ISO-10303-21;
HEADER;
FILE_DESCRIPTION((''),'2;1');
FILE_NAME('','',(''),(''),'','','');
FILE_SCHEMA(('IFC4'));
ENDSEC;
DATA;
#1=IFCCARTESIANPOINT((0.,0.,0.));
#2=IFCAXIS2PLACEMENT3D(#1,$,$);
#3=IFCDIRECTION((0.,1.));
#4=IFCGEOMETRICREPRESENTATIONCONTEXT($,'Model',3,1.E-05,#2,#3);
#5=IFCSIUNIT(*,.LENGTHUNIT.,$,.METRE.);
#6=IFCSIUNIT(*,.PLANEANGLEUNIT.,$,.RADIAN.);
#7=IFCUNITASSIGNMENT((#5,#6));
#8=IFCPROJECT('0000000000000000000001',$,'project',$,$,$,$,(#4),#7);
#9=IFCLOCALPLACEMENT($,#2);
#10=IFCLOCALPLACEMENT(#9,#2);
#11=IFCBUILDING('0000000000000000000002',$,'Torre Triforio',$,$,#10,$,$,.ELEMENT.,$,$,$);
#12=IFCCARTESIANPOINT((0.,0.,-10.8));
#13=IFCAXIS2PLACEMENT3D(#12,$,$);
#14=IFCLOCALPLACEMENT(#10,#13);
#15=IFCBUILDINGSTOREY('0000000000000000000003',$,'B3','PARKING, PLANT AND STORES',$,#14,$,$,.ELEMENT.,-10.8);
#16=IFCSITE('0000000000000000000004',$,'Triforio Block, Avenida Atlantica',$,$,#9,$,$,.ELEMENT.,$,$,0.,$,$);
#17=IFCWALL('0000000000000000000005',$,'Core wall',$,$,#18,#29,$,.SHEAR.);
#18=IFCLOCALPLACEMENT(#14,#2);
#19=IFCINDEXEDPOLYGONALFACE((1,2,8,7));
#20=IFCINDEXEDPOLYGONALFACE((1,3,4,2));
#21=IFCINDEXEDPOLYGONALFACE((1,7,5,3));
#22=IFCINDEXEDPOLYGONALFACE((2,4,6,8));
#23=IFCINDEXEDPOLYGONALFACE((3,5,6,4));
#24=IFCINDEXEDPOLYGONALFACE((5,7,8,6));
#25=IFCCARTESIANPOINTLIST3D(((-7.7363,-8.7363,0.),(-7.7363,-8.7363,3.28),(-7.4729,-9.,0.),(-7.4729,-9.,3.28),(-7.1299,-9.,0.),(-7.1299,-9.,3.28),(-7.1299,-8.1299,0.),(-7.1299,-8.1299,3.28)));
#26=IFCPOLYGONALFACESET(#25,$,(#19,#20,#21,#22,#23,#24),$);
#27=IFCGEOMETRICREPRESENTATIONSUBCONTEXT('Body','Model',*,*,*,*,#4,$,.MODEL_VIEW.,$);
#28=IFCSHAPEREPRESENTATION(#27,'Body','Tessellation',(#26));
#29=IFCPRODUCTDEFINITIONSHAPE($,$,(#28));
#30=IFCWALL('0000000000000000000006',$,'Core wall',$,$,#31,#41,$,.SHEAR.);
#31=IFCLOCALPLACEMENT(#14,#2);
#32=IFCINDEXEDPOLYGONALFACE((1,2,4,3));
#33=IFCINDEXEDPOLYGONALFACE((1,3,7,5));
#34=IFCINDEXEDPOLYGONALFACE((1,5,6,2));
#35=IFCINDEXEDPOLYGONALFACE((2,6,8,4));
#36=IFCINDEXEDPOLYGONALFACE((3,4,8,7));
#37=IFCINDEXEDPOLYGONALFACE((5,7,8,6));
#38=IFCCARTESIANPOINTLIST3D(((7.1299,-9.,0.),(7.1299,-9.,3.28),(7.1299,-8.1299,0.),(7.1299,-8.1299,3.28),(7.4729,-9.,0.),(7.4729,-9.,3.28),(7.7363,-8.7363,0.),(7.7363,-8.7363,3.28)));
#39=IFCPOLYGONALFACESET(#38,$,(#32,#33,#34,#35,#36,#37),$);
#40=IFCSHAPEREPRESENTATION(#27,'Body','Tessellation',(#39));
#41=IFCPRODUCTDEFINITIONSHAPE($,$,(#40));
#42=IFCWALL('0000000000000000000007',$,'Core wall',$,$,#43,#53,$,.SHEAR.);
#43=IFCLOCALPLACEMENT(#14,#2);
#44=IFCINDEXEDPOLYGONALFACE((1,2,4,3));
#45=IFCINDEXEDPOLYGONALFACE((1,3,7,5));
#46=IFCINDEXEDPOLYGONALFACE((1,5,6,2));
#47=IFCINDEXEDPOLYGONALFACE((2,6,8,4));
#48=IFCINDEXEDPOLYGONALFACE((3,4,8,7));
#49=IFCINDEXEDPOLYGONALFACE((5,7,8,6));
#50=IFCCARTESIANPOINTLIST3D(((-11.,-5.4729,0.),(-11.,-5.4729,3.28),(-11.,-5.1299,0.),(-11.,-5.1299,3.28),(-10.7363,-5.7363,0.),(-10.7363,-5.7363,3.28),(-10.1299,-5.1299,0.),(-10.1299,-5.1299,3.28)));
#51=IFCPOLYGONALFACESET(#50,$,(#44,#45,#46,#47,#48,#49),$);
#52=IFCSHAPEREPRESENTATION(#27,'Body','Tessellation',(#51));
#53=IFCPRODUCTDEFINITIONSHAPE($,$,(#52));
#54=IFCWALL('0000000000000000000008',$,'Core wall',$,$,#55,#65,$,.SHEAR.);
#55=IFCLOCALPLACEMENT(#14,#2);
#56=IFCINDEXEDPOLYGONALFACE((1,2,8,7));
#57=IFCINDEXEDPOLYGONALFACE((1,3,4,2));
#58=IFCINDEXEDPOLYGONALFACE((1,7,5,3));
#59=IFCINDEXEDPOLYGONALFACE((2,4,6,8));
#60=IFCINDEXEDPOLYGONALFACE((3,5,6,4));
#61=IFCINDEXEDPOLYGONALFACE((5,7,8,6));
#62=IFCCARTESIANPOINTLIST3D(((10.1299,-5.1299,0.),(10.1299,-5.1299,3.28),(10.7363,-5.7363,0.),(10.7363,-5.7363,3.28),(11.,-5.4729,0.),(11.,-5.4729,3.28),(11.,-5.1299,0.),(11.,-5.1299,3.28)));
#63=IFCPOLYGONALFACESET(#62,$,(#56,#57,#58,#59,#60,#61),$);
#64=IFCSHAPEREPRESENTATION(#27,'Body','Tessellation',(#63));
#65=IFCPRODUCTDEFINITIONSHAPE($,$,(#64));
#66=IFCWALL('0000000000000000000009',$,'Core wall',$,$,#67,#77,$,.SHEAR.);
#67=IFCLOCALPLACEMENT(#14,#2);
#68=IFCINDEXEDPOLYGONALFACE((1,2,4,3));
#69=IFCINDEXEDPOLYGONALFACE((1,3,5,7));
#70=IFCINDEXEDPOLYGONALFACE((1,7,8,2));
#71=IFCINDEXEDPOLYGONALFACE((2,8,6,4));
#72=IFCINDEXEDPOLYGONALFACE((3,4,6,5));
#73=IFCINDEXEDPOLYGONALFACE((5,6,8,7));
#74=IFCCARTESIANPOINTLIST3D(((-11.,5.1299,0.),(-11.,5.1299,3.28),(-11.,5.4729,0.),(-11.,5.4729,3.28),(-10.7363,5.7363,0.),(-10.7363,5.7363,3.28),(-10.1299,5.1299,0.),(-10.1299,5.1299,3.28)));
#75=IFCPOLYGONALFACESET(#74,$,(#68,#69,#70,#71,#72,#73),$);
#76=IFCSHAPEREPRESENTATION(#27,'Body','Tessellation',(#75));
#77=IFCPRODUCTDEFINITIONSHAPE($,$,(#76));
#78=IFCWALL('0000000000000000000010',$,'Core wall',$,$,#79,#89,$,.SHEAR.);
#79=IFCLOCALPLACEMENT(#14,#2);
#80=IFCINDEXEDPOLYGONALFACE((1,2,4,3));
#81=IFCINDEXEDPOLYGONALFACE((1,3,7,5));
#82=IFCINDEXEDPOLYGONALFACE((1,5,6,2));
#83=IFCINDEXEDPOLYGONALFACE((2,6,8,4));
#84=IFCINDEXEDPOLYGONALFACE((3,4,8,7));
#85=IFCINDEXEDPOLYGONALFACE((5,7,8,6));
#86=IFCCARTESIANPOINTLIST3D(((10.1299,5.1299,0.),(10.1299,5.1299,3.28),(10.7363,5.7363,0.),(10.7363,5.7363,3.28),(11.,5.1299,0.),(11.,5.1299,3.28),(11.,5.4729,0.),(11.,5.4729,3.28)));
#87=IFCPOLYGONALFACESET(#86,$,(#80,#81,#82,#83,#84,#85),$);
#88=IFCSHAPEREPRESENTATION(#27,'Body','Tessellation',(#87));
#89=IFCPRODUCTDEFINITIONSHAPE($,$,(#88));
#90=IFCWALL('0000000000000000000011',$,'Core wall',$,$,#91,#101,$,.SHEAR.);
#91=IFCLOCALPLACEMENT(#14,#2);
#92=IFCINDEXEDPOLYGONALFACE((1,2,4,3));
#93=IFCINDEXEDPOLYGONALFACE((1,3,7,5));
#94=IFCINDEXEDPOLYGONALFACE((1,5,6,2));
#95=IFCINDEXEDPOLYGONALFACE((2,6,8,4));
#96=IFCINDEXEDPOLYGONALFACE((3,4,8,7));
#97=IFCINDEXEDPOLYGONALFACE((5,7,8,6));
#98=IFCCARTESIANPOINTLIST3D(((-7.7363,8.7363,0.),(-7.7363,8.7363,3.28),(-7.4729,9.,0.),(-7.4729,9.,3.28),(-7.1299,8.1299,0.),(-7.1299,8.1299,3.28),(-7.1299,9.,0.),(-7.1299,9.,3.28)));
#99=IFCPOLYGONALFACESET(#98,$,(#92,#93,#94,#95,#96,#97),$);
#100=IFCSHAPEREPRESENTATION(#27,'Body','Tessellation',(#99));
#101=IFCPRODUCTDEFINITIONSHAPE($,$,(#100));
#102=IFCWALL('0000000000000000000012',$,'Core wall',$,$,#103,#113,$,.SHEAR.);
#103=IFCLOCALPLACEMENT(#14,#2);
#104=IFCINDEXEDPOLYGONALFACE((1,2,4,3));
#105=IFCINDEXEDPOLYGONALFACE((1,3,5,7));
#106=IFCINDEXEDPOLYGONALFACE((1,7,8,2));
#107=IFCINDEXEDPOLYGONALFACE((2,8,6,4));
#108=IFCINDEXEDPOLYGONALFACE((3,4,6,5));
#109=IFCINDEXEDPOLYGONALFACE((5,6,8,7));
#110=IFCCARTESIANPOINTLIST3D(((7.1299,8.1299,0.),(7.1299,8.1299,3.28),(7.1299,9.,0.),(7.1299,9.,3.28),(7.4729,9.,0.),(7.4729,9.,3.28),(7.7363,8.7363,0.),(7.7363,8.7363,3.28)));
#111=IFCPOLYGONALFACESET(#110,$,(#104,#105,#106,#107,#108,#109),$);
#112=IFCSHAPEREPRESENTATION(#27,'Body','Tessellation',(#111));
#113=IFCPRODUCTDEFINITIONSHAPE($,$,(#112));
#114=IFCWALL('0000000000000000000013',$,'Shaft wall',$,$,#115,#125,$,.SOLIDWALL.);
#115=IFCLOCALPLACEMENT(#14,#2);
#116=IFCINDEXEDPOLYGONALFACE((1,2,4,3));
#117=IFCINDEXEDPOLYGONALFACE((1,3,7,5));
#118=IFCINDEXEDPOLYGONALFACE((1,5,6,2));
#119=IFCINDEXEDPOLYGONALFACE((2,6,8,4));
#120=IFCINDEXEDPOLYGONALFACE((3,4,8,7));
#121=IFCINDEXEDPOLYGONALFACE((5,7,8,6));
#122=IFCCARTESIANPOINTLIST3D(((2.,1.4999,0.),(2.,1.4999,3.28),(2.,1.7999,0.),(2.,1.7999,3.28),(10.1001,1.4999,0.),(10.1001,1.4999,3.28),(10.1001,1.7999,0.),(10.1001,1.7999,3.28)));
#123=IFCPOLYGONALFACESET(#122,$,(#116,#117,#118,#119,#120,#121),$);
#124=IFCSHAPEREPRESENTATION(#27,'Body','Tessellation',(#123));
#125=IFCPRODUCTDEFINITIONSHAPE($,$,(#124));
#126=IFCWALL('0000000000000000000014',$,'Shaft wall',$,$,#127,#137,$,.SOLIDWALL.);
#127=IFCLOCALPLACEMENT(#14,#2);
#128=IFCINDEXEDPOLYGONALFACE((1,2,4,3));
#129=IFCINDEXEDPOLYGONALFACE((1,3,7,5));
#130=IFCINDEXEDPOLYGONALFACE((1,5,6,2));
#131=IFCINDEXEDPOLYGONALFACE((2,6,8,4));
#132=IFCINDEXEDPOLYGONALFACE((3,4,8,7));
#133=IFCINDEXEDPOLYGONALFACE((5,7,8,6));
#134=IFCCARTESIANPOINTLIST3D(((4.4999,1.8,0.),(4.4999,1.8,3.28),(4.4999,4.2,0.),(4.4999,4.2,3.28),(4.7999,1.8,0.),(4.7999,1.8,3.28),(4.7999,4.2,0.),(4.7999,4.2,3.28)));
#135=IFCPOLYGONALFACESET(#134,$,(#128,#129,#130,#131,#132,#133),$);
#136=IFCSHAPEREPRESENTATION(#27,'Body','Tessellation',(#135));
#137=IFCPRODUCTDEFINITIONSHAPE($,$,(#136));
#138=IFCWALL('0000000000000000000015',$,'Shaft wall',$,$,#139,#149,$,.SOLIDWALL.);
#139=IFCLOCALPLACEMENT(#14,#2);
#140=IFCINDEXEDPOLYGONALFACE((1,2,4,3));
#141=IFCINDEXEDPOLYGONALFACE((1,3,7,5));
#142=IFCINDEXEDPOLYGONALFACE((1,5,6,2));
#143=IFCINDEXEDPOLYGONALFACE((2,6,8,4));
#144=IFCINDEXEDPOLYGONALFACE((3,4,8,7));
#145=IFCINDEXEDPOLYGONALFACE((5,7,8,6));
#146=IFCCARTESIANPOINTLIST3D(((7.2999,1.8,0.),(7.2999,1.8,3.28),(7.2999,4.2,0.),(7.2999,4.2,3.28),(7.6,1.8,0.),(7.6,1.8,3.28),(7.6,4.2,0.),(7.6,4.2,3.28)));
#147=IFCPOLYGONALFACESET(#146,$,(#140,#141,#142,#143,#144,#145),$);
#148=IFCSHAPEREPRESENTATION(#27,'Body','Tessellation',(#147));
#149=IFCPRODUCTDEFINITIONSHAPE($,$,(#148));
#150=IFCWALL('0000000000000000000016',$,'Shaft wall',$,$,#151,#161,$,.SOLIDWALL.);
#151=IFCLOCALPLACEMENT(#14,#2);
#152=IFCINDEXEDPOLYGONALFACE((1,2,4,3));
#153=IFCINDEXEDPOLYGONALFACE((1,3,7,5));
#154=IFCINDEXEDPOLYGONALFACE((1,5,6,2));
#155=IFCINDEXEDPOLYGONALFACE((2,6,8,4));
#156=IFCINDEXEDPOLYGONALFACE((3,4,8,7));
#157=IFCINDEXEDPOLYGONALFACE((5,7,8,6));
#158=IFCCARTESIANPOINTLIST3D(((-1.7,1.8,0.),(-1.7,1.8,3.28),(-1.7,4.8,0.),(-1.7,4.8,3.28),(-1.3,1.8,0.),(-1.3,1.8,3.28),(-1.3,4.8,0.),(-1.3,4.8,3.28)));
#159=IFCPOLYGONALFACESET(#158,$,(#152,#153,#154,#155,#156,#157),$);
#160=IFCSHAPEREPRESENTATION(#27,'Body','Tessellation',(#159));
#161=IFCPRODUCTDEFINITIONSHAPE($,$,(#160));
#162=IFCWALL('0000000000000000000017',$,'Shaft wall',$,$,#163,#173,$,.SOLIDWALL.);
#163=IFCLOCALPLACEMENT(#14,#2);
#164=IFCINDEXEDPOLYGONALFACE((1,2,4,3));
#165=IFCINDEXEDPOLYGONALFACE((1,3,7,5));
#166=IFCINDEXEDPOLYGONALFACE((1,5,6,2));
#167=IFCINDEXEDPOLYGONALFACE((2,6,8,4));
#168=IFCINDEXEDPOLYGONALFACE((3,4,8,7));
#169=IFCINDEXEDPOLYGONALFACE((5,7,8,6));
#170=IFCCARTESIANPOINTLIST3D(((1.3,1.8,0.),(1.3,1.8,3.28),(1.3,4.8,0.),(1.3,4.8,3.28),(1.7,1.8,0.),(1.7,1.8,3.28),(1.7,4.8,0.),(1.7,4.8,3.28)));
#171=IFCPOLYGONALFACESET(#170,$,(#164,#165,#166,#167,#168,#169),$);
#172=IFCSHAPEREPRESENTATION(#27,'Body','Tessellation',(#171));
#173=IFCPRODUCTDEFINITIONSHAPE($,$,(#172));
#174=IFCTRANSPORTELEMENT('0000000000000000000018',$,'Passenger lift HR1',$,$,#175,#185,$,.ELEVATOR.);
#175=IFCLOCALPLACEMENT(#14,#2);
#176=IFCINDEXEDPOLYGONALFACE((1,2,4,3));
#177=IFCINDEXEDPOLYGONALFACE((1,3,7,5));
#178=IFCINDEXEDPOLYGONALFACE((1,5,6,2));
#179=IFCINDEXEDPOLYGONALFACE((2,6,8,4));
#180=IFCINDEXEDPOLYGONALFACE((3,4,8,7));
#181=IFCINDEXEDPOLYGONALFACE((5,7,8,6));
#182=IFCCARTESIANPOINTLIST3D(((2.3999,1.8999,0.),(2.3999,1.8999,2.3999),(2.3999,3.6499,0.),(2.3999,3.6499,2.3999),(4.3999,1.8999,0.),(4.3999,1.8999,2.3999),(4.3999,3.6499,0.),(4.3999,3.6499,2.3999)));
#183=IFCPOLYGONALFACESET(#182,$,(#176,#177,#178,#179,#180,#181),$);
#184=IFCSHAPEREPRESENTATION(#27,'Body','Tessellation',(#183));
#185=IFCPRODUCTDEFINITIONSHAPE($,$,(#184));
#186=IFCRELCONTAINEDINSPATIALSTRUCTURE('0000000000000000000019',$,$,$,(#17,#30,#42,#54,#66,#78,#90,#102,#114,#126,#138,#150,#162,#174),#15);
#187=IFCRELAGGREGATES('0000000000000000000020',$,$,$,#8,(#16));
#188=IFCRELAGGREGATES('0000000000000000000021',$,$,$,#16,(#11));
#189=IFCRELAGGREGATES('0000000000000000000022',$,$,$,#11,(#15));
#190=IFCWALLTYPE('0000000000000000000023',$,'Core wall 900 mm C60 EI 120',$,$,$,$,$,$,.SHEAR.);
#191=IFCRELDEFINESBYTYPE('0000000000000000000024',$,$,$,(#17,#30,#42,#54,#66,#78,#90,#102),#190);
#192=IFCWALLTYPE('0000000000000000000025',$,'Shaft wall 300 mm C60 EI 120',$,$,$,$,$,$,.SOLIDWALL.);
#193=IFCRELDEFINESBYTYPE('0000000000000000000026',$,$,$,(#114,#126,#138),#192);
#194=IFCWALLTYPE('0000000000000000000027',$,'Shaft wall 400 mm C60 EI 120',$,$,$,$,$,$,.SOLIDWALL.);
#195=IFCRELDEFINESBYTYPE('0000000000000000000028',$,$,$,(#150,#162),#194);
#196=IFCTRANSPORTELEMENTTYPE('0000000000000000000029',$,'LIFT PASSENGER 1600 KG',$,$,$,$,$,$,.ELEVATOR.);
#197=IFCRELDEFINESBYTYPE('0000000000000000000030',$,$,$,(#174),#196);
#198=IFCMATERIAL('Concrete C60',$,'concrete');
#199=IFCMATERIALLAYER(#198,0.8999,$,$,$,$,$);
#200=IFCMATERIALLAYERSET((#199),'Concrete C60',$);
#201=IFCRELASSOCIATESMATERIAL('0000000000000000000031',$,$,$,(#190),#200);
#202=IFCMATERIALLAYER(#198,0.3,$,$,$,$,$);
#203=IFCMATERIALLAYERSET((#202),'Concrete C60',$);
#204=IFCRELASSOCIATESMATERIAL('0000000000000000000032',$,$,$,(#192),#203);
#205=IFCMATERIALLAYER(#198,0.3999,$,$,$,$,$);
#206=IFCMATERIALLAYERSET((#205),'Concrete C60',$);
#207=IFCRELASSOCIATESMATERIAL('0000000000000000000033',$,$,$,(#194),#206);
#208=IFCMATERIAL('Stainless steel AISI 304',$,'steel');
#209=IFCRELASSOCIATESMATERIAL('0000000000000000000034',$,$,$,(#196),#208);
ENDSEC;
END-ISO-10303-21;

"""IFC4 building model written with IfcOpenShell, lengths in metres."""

from ifc_helpers import new_model, si_unit, direction, frame, frame_2d, origin, origin_2d, place, context, subcontext, project, spatial, polyline, rectangle, outline, extrude, material, layer, layer_set, type_object, element, save


model = new_model("IFC4")

# Units and contexts
model_context = context("Model", 3, precision=1e-05, world=origin(), true_north=direction((0.0, 1.0)))
body_context = subcontext(model_context, "Body", "Model", "MODEL_VIEW")
ifc_project = project(units=[si_unit("LENGTHUNIT", "METRE"), si_unit("PLANEANGLEUNIT", "RADIAN")], contexts=[model_context])

# Site, building, storey
site_placement = place(None, origin())
site = spatial("IfcSite", under=ifc_project, at=site_placement, Name="Triforio Block, Avenida Atlantica", CompositionType="ELEMENT", RefElevation=0.0)
building_placement = place(site_placement, origin())
building = spatial("IfcBuilding", under=site, at=building_placement, Name="Torre Triforio", CompositionType="ELEMENT")
storey_placement = place(building_placement, frame((0.0, 0.0, -10.8)))
storey = spatial("IfcBuildingStorey", under=building, at=storey_placement, Name="B3", Description="PARKING, PLANT AND STORES", CompositionType="ELEMENT", Elevation=-10.8)

# Walls
ifc_material_1 = material(Name="Concrete C60", Category="concrete")
ifc_layer_1 = layer(ifc_material_1, 0.8999)
ifc_layer_set_1 = layer_set([ifc_layer_1], Name="Concrete C60")
wall_type_1 = type_object("IfcWallType", Name="Core wall 900 mm C60 EI 120", PredefinedType="SHEAR", material=ifc_layer_set_1)
wall_1_placement = place(storey_placement, origin())
element("IfcWall", 1, at=wall_1_placement, inside=storey, type_object=wall_type_1, Name="Core wall", PredefinedType="SHEAR", context=body_context, shape_type="SweptSolid", body=[
    extrude(outline(polyline([(-7.4729, -9.0), (-7.7363, -8.7363), (-7.1299, -8.1299), (-7.1299, -9.0), (-7.4729, -9.0)])), origin(), (0.0, 0.0, 1.0), 3.28),
])
wall_2_placement = place(storey_placement, origin())
element("IfcWall", 2, at=wall_2_placement, inside=storey, type_object=wall_type_1, Name="Core wall", PredefinedType="SHEAR", context=body_context, shape_type="SweptSolid", body=[
    extrude(outline(polyline([(7.4729, -9.0), (7.1299, -9.0), (7.1299, -8.1299), (7.7363, -8.7363), (7.4729, -9.0)])), origin(), (0.0, 0.0, 1.0), 3.28),
])
wall_3_placement = place(storey_placement, origin())
element("IfcWall", 3, at=wall_3_placement, inside=storey, type_object=wall_type_1, Name="Core wall", PredefinedType="SHEAR", context=body_context, shape_type="SweptSolid", body=[
    extrude(outline(polyline([(-11.0, -5.4729), (-11.0, -5.1299), (-10.1299, -5.1299), (-10.7363, -5.7363), (-11.0, -5.4729)])), origin(), (0.0, 0.0, 1.0), 3.28),
])
wall_4_placement = place(storey_placement, origin())
element("IfcWall", 4, at=wall_4_placement, inside=storey, type_object=wall_type_1, Name="Core wall", PredefinedType="SHEAR", context=body_context, shape_type="SweptSolid", body=[
    extrude(outline(polyline([(11.0, -5.4729), (10.7363, -5.7363), (10.1299, -5.1299), (11.0, -5.1299), (11.0, -5.4729)])), origin(), (0.0, 0.0, 1.0), 3.28),
])
wall_5_placement = place(storey_placement, origin())
element("IfcWall", 5, at=wall_5_placement, inside=storey, type_object=wall_type_1, Name="Core wall", PredefinedType="SHEAR", context=body_context, shape_type="SweptSolid", body=[
    extrude(outline(polyline([(-10.7363, 5.7363), (-10.1299, 5.1299), (-11.0, 5.1299), (-11.0, 5.4729), (-10.7363, 5.7363)])), origin(), (0.0, 0.0, 1.0), 3.28),
])
wall_6_placement = place(storey_placement, origin())
element("IfcWall", 6, at=wall_6_placement, inside=storey, type_object=wall_type_1, Name="Core wall", PredefinedType="SHEAR", context=body_context, shape_type="SweptSolid", body=[
    extrude(outline(polyline([(11.0, 5.4729), (11.0, 5.1299), (10.1299, 5.1299), (10.7363, 5.7363), (11.0, 5.4729)])), origin(), (0.0, 0.0, 1.0), 3.28),
])
wall_7_placement = place(storey_placement, origin())
element("IfcWall", 7, at=wall_7_placement, inside=storey, type_object=wall_type_1, Name="Core wall", PredefinedType="SHEAR", context=body_context, shape_type="SweptSolid", body=[
    extrude(outline(polyline([(-7.4729, 9.0), (-7.1299, 9.0), (-7.1299, 8.1299), (-7.7363, 8.7363), (-7.4729, 9.0)])), origin(), (0.0, 0.0, 1.0), 3.28),
])
wall_8_placement = place(storey_placement, origin())
element("IfcWall", 8, at=wall_8_placement, inside=storey, type_object=wall_type_1, Name="Core wall", PredefinedType="SHEAR", context=body_context, shape_type="SweptSolid", body=[
    extrude(outline(polyline([(7.4729, 9.0), (7.7363, 8.7363), (7.1299, 8.1299), (7.1299, 9.0), (7.4729, 9.0)])), origin(), (0.0, 0.0, 1.0), 3.28),
])
ifc_layer_2 = layer(ifc_material_1, 0.3)
ifc_layer_set_2 = layer_set([ifc_layer_2], Name="Concrete C60")
wall_type_2 = type_object("IfcWallType", Name="Shaft wall 300 mm C60 EI 120", PredefinedType="SOLIDWALL", material=ifc_layer_set_2)
wall_9_placement = place(storey_placement, frame((2.0, 1.6499, 0.0), z_axis=(0.0, 0.0, 1.0), x_axis=(1.0, 0.0, 0.0)))
element("IfcWall", 9, at=wall_9_placement, inside=storey, type_object=wall_type_2, Name="Shaft wall", PredefinedType="SOLIDWALL", context=body_context, shape_type="SweptSolid", body=[
    extrude(rectangle(XDim=8.1001, YDim=0.3, at=frame_2d((4.05, 0.0))), origin(), (0.0, 0.0, 1.0), 3.28),
])
for number, where, z_axis, x_axis, name in (
    (10, (4.6499, 1.8, 0.0), (0.0, 0.0, 1.0), (0.0, 1.0, 0.0), "Shaft wall"),
    (11, (7.45, 1.8, 0.0), (0.0, 0.0, 1.0), (0.0, 1.0, 0.0), "Shaft wall"),
):
    element("IfcWall", number, at=place(storey_placement, frame(where, z_axis=z_axis, x_axis=x_axis)), inside=storey, type_object=wall_type_2, Name=name, PredefinedType="SOLIDWALL", context=body_context, shape_type="SweptSolid", body=[
        extrude(rectangle(XDim=2.3999, YDim=0.3, at=frame_2d((1.2, 0.0))), origin(), (0.0, 0.0, 1.0), 3.28),
    ])
ifc_layer_3 = layer(ifc_material_1, 0.3999)
ifc_layer_set_3 = layer_set([ifc_layer_3], Name="Concrete C60")
wall_type_3 = type_object("IfcWallType", Name="Shaft wall 400 mm C60 EI 120", PredefinedType="SOLIDWALL", material=ifc_layer_set_3)
for number, where, z_axis, x_axis, name in (
    (12, (-1.5, 1.8, 0.0), (0.0, 0.0, 1.0), (0.0, 1.0, 0.0), "Shaft wall"),
    (13, (1.5, 1.8, 0.0), (0.0, 0.0, 1.0), (0.0, 1.0, 0.0), "Shaft wall"),
):
    element("IfcWall", number, at=place(storey_placement, frame(where, z_axis=z_axis, x_axis=x_axis)), inside=storey, type_object=wall_type_3, Name=name, PredefinedType="SOLIDWALL", context=body_context, shape_type="SweptSolid", body=[
        extrude(rectangle(XDim=3.0, YDim=0.3999, at=frame_2d((1.5, 0.0))), origin(), (0.0, 0.0, 1.0), 3.28),
    ])

# Transport element
ifc_material_2 = material(Name="Stainless steel AISI 304", Category="steel")
transport_element_type = type_object("IfcTransportElementType", Name="LIFT PASSENGER 1600 KG", PredefinedType="ELEVATOR", material=ifc_material_2)
transport_element_placement = place(storey_placement, frame((3.3999, 2.7749, 0.0), z_axis=(0.0, 0.0, 1.0), x_axis=(1.0, 0.0, 0.0)))
element("IfcTransportElement", 14, at=transport_element_placement, inside=storey, type_object=transport_element_type, Name="Passenger lift HR1", PredefinedType="ELEVATOR", context=body_context, shape_type="SweptSolid", body=[
    extrude(rectangle(XDim=2.0, YDim=1.75, at=origin_2d()), origin(), (0.0, 0.0, 1.0), 2.3999),
])

save(model, "model.ifc")
